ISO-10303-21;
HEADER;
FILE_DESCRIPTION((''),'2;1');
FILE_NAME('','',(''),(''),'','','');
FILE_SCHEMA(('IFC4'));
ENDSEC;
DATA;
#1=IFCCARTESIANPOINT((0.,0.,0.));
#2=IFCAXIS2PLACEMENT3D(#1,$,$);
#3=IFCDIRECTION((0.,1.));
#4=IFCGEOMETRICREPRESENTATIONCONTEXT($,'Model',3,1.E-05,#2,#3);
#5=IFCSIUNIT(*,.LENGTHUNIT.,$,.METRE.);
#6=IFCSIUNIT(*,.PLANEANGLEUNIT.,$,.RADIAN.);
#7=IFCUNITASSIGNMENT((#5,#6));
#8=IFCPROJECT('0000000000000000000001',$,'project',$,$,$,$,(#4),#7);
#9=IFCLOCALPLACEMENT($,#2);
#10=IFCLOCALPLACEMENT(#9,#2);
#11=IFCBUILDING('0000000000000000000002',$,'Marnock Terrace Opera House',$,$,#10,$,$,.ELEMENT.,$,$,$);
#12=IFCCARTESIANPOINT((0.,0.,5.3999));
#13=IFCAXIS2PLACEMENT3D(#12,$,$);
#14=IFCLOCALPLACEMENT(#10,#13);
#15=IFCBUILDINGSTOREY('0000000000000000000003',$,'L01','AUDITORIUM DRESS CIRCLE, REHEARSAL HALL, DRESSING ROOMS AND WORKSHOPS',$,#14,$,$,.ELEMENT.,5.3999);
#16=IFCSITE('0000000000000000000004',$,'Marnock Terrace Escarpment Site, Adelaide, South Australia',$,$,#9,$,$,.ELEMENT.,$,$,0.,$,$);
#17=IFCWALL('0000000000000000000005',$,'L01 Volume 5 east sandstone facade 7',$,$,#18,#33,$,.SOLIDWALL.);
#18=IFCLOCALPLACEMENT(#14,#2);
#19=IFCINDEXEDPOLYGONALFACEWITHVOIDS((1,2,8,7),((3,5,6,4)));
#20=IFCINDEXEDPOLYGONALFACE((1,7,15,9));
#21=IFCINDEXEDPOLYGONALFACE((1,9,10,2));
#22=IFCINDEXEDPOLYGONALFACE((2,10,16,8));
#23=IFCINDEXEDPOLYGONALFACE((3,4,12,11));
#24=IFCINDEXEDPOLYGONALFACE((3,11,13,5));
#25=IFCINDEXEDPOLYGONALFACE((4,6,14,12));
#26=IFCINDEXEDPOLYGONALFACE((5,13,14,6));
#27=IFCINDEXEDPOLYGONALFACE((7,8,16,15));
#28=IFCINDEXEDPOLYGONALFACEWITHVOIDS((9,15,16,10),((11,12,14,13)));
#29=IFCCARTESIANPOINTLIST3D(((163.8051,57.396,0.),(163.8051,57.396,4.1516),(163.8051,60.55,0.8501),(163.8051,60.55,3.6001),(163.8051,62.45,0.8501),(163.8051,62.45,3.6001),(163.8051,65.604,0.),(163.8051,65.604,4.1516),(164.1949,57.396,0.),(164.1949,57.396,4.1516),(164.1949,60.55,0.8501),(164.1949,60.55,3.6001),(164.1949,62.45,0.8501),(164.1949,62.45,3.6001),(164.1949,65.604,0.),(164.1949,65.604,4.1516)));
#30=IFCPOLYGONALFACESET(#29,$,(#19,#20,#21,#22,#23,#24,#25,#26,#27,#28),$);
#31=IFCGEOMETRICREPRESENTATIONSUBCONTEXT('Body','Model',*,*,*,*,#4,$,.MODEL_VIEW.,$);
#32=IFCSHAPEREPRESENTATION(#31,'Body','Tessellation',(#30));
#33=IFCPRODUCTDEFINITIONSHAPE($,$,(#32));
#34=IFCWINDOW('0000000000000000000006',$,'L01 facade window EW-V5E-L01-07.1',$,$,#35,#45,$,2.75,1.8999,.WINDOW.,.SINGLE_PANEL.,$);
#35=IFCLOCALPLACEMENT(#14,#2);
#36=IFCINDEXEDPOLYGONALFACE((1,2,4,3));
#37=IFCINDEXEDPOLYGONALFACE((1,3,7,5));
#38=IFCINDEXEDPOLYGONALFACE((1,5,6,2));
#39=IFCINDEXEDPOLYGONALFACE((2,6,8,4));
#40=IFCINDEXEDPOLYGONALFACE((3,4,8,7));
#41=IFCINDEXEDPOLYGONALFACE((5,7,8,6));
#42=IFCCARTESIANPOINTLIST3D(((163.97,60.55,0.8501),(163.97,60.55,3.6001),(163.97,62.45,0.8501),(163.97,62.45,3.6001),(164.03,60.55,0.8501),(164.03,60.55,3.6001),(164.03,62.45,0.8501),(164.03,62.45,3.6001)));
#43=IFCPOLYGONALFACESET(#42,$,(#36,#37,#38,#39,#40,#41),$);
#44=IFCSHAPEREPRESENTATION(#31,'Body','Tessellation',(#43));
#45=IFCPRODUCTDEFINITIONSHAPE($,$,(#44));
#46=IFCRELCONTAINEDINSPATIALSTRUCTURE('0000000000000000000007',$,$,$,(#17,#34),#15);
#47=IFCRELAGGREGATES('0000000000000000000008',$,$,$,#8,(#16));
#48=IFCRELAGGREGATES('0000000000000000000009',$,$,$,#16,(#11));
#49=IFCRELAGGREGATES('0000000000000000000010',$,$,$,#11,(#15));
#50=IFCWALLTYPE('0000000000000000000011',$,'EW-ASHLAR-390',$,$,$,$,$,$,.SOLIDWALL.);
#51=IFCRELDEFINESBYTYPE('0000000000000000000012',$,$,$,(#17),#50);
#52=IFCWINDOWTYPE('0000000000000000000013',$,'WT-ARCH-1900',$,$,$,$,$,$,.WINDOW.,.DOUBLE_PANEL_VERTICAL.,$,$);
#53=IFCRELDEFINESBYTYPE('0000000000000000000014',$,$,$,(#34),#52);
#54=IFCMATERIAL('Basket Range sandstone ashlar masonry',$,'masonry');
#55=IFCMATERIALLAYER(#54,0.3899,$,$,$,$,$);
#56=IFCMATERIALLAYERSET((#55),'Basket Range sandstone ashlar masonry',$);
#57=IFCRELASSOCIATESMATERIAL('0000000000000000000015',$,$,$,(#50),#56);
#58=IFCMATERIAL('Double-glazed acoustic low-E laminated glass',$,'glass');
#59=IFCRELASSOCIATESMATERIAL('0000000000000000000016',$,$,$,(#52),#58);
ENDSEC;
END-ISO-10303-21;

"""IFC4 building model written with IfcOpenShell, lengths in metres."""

from ifc_helpers import new_model, si_unit, direction, frame, frame_2d, origin, place, context, subcontext, project, spatial, rectangle, extrude, material, layer, layer_set, type_object, element, fill, save


model = new_model("IFC4")

# Units and contexts
model_context = context("Model", 3, precision=1e-05, world=origin(), true_north=direction((0.0, 1.0)))
body_context = subcontext(model_context, "Body", "Model", "MODEL_VIEW")
ifc_project = project(units=[si_unit("LENGTHUNIT", "METRE"), si_unit("PLANEANGLEUNIT", "RADIAN")], contexts=[model_context])

# Site, building, storey
site_placement = place(None, origin())
site = spatial("IfcSite", under=ifc_project, at=site_placement, Name="Marnock Terrace Escarpment Site, Adelaide, South Australia", CompositionType="ELEMENT", RefElevation=0.0)
building_placement = place(site_placement, origin())
building = spatial("IfcBuilding", under=site, at=building_placement, Name="Marnock Terrace Opera House", CompositionType="ELEMENT")
storey_placement = place(building_placement, frame((0.0, 0.0, 5.3999)))
storey = spatial("IfcBuildingStorey", under=building, at=storey_placement, Name="L01", Description="AUDITORIUM DRESS CIRCLE, REHEARSAL HALL, DRESSING ROOMS AND WORKSHOPS", CompositionType="ELEMENT", Elevation=5.3999)

# Wall, opening, window
ifc_material_1 = material(Name="Basket Range sandstone ashlar masonry", Category="masonry")
ifc_layer = layer(ifc_material_1, 0.3899)
ifc_layer_set = layer_set([ifc_layer], Name="Basket Range sandstone ashlar masonry")
wall_type = type_object("IfcWallType", Name="EW-ASHLAR-390", PredefinedType="SOLIDWALL", material=ifc_layer_set)
wall_placement = place(storey_placement, frame((164.0, 57.396, 0.0), z_axis=(0.0, 0.0, 1.0), x_axis=(0.0, 1.0, 0.0)))
wall = element("IfcWall", 1, at=wall_placement, inside=storey, type_object=wall_type, Name="L01 Volume 5 east sandstone facade 7", PredefinedType="SOLIDWALL", context=body_context, shape_type="SweptSolid", body=[
    extrude(rectangle(XDim=8.208, YDim=0.3899, at=frame_2d((4.104, 0.0))), origin(), (0.0, 0.0, 1.0), 4.1516),
])
opening_placement = place(wall_placement, frame((3.1541, 0.0, 0.8501)))
opening = element("IfcOpeningElement", 2, at=opening_placement, cuts=wall, PredefinedType="OPENING", context=body_context, shape_type="SweptSolid", body=[
    extrude(rectangle(XDim=1.8999, YDim=2.75, at=frame_2d((0.95, 1.375))), frame((0.0, 0.2048, 0.0), z_axis=(0.0, -1.0, 0.0), x_axis=(1.0, 0.0, 0.0)), (0.0, 0.0, 1.0), 0.4099),
])
ifc_material_2 = material(Name="Double-glazed acoustic low-E laminated glass", Category="glass")
window_type = type_object("IfcWindowType", Name="WT-ARCH-1900", PartitioningType="DOUBLE_PANEL_VERTICAL", PredefinedType="WINDOW", material=ifc_material_2)
window_placement = place(opening_placement, origin())
window = element("IfcWindow", 3, at=window_placement, inside=storey, type_object=window_type, Name="L01 facade window EW-V5E-L01-07.1", OverallHeight=2.75, OverallWidth=1.8999, PartitioningType="SINGLE_PANEL", PredefinedType="WINDOW", context=body_context, shape_type="SweptSolid", body=[
    extrude(rectangle(XDim=1.8999, YDim=2.75, at=frame_2d((0.95, 1.375))), frame((0.0, 0.03, 0.0), z_axis=(0.0, -1.0, 0.0), x_axis=(1.0, 0.0, 0.0)), (0.0, 0.0, 1.0), 0.0601),
])
fill(opening, window)

save(model, "model.ifc")
